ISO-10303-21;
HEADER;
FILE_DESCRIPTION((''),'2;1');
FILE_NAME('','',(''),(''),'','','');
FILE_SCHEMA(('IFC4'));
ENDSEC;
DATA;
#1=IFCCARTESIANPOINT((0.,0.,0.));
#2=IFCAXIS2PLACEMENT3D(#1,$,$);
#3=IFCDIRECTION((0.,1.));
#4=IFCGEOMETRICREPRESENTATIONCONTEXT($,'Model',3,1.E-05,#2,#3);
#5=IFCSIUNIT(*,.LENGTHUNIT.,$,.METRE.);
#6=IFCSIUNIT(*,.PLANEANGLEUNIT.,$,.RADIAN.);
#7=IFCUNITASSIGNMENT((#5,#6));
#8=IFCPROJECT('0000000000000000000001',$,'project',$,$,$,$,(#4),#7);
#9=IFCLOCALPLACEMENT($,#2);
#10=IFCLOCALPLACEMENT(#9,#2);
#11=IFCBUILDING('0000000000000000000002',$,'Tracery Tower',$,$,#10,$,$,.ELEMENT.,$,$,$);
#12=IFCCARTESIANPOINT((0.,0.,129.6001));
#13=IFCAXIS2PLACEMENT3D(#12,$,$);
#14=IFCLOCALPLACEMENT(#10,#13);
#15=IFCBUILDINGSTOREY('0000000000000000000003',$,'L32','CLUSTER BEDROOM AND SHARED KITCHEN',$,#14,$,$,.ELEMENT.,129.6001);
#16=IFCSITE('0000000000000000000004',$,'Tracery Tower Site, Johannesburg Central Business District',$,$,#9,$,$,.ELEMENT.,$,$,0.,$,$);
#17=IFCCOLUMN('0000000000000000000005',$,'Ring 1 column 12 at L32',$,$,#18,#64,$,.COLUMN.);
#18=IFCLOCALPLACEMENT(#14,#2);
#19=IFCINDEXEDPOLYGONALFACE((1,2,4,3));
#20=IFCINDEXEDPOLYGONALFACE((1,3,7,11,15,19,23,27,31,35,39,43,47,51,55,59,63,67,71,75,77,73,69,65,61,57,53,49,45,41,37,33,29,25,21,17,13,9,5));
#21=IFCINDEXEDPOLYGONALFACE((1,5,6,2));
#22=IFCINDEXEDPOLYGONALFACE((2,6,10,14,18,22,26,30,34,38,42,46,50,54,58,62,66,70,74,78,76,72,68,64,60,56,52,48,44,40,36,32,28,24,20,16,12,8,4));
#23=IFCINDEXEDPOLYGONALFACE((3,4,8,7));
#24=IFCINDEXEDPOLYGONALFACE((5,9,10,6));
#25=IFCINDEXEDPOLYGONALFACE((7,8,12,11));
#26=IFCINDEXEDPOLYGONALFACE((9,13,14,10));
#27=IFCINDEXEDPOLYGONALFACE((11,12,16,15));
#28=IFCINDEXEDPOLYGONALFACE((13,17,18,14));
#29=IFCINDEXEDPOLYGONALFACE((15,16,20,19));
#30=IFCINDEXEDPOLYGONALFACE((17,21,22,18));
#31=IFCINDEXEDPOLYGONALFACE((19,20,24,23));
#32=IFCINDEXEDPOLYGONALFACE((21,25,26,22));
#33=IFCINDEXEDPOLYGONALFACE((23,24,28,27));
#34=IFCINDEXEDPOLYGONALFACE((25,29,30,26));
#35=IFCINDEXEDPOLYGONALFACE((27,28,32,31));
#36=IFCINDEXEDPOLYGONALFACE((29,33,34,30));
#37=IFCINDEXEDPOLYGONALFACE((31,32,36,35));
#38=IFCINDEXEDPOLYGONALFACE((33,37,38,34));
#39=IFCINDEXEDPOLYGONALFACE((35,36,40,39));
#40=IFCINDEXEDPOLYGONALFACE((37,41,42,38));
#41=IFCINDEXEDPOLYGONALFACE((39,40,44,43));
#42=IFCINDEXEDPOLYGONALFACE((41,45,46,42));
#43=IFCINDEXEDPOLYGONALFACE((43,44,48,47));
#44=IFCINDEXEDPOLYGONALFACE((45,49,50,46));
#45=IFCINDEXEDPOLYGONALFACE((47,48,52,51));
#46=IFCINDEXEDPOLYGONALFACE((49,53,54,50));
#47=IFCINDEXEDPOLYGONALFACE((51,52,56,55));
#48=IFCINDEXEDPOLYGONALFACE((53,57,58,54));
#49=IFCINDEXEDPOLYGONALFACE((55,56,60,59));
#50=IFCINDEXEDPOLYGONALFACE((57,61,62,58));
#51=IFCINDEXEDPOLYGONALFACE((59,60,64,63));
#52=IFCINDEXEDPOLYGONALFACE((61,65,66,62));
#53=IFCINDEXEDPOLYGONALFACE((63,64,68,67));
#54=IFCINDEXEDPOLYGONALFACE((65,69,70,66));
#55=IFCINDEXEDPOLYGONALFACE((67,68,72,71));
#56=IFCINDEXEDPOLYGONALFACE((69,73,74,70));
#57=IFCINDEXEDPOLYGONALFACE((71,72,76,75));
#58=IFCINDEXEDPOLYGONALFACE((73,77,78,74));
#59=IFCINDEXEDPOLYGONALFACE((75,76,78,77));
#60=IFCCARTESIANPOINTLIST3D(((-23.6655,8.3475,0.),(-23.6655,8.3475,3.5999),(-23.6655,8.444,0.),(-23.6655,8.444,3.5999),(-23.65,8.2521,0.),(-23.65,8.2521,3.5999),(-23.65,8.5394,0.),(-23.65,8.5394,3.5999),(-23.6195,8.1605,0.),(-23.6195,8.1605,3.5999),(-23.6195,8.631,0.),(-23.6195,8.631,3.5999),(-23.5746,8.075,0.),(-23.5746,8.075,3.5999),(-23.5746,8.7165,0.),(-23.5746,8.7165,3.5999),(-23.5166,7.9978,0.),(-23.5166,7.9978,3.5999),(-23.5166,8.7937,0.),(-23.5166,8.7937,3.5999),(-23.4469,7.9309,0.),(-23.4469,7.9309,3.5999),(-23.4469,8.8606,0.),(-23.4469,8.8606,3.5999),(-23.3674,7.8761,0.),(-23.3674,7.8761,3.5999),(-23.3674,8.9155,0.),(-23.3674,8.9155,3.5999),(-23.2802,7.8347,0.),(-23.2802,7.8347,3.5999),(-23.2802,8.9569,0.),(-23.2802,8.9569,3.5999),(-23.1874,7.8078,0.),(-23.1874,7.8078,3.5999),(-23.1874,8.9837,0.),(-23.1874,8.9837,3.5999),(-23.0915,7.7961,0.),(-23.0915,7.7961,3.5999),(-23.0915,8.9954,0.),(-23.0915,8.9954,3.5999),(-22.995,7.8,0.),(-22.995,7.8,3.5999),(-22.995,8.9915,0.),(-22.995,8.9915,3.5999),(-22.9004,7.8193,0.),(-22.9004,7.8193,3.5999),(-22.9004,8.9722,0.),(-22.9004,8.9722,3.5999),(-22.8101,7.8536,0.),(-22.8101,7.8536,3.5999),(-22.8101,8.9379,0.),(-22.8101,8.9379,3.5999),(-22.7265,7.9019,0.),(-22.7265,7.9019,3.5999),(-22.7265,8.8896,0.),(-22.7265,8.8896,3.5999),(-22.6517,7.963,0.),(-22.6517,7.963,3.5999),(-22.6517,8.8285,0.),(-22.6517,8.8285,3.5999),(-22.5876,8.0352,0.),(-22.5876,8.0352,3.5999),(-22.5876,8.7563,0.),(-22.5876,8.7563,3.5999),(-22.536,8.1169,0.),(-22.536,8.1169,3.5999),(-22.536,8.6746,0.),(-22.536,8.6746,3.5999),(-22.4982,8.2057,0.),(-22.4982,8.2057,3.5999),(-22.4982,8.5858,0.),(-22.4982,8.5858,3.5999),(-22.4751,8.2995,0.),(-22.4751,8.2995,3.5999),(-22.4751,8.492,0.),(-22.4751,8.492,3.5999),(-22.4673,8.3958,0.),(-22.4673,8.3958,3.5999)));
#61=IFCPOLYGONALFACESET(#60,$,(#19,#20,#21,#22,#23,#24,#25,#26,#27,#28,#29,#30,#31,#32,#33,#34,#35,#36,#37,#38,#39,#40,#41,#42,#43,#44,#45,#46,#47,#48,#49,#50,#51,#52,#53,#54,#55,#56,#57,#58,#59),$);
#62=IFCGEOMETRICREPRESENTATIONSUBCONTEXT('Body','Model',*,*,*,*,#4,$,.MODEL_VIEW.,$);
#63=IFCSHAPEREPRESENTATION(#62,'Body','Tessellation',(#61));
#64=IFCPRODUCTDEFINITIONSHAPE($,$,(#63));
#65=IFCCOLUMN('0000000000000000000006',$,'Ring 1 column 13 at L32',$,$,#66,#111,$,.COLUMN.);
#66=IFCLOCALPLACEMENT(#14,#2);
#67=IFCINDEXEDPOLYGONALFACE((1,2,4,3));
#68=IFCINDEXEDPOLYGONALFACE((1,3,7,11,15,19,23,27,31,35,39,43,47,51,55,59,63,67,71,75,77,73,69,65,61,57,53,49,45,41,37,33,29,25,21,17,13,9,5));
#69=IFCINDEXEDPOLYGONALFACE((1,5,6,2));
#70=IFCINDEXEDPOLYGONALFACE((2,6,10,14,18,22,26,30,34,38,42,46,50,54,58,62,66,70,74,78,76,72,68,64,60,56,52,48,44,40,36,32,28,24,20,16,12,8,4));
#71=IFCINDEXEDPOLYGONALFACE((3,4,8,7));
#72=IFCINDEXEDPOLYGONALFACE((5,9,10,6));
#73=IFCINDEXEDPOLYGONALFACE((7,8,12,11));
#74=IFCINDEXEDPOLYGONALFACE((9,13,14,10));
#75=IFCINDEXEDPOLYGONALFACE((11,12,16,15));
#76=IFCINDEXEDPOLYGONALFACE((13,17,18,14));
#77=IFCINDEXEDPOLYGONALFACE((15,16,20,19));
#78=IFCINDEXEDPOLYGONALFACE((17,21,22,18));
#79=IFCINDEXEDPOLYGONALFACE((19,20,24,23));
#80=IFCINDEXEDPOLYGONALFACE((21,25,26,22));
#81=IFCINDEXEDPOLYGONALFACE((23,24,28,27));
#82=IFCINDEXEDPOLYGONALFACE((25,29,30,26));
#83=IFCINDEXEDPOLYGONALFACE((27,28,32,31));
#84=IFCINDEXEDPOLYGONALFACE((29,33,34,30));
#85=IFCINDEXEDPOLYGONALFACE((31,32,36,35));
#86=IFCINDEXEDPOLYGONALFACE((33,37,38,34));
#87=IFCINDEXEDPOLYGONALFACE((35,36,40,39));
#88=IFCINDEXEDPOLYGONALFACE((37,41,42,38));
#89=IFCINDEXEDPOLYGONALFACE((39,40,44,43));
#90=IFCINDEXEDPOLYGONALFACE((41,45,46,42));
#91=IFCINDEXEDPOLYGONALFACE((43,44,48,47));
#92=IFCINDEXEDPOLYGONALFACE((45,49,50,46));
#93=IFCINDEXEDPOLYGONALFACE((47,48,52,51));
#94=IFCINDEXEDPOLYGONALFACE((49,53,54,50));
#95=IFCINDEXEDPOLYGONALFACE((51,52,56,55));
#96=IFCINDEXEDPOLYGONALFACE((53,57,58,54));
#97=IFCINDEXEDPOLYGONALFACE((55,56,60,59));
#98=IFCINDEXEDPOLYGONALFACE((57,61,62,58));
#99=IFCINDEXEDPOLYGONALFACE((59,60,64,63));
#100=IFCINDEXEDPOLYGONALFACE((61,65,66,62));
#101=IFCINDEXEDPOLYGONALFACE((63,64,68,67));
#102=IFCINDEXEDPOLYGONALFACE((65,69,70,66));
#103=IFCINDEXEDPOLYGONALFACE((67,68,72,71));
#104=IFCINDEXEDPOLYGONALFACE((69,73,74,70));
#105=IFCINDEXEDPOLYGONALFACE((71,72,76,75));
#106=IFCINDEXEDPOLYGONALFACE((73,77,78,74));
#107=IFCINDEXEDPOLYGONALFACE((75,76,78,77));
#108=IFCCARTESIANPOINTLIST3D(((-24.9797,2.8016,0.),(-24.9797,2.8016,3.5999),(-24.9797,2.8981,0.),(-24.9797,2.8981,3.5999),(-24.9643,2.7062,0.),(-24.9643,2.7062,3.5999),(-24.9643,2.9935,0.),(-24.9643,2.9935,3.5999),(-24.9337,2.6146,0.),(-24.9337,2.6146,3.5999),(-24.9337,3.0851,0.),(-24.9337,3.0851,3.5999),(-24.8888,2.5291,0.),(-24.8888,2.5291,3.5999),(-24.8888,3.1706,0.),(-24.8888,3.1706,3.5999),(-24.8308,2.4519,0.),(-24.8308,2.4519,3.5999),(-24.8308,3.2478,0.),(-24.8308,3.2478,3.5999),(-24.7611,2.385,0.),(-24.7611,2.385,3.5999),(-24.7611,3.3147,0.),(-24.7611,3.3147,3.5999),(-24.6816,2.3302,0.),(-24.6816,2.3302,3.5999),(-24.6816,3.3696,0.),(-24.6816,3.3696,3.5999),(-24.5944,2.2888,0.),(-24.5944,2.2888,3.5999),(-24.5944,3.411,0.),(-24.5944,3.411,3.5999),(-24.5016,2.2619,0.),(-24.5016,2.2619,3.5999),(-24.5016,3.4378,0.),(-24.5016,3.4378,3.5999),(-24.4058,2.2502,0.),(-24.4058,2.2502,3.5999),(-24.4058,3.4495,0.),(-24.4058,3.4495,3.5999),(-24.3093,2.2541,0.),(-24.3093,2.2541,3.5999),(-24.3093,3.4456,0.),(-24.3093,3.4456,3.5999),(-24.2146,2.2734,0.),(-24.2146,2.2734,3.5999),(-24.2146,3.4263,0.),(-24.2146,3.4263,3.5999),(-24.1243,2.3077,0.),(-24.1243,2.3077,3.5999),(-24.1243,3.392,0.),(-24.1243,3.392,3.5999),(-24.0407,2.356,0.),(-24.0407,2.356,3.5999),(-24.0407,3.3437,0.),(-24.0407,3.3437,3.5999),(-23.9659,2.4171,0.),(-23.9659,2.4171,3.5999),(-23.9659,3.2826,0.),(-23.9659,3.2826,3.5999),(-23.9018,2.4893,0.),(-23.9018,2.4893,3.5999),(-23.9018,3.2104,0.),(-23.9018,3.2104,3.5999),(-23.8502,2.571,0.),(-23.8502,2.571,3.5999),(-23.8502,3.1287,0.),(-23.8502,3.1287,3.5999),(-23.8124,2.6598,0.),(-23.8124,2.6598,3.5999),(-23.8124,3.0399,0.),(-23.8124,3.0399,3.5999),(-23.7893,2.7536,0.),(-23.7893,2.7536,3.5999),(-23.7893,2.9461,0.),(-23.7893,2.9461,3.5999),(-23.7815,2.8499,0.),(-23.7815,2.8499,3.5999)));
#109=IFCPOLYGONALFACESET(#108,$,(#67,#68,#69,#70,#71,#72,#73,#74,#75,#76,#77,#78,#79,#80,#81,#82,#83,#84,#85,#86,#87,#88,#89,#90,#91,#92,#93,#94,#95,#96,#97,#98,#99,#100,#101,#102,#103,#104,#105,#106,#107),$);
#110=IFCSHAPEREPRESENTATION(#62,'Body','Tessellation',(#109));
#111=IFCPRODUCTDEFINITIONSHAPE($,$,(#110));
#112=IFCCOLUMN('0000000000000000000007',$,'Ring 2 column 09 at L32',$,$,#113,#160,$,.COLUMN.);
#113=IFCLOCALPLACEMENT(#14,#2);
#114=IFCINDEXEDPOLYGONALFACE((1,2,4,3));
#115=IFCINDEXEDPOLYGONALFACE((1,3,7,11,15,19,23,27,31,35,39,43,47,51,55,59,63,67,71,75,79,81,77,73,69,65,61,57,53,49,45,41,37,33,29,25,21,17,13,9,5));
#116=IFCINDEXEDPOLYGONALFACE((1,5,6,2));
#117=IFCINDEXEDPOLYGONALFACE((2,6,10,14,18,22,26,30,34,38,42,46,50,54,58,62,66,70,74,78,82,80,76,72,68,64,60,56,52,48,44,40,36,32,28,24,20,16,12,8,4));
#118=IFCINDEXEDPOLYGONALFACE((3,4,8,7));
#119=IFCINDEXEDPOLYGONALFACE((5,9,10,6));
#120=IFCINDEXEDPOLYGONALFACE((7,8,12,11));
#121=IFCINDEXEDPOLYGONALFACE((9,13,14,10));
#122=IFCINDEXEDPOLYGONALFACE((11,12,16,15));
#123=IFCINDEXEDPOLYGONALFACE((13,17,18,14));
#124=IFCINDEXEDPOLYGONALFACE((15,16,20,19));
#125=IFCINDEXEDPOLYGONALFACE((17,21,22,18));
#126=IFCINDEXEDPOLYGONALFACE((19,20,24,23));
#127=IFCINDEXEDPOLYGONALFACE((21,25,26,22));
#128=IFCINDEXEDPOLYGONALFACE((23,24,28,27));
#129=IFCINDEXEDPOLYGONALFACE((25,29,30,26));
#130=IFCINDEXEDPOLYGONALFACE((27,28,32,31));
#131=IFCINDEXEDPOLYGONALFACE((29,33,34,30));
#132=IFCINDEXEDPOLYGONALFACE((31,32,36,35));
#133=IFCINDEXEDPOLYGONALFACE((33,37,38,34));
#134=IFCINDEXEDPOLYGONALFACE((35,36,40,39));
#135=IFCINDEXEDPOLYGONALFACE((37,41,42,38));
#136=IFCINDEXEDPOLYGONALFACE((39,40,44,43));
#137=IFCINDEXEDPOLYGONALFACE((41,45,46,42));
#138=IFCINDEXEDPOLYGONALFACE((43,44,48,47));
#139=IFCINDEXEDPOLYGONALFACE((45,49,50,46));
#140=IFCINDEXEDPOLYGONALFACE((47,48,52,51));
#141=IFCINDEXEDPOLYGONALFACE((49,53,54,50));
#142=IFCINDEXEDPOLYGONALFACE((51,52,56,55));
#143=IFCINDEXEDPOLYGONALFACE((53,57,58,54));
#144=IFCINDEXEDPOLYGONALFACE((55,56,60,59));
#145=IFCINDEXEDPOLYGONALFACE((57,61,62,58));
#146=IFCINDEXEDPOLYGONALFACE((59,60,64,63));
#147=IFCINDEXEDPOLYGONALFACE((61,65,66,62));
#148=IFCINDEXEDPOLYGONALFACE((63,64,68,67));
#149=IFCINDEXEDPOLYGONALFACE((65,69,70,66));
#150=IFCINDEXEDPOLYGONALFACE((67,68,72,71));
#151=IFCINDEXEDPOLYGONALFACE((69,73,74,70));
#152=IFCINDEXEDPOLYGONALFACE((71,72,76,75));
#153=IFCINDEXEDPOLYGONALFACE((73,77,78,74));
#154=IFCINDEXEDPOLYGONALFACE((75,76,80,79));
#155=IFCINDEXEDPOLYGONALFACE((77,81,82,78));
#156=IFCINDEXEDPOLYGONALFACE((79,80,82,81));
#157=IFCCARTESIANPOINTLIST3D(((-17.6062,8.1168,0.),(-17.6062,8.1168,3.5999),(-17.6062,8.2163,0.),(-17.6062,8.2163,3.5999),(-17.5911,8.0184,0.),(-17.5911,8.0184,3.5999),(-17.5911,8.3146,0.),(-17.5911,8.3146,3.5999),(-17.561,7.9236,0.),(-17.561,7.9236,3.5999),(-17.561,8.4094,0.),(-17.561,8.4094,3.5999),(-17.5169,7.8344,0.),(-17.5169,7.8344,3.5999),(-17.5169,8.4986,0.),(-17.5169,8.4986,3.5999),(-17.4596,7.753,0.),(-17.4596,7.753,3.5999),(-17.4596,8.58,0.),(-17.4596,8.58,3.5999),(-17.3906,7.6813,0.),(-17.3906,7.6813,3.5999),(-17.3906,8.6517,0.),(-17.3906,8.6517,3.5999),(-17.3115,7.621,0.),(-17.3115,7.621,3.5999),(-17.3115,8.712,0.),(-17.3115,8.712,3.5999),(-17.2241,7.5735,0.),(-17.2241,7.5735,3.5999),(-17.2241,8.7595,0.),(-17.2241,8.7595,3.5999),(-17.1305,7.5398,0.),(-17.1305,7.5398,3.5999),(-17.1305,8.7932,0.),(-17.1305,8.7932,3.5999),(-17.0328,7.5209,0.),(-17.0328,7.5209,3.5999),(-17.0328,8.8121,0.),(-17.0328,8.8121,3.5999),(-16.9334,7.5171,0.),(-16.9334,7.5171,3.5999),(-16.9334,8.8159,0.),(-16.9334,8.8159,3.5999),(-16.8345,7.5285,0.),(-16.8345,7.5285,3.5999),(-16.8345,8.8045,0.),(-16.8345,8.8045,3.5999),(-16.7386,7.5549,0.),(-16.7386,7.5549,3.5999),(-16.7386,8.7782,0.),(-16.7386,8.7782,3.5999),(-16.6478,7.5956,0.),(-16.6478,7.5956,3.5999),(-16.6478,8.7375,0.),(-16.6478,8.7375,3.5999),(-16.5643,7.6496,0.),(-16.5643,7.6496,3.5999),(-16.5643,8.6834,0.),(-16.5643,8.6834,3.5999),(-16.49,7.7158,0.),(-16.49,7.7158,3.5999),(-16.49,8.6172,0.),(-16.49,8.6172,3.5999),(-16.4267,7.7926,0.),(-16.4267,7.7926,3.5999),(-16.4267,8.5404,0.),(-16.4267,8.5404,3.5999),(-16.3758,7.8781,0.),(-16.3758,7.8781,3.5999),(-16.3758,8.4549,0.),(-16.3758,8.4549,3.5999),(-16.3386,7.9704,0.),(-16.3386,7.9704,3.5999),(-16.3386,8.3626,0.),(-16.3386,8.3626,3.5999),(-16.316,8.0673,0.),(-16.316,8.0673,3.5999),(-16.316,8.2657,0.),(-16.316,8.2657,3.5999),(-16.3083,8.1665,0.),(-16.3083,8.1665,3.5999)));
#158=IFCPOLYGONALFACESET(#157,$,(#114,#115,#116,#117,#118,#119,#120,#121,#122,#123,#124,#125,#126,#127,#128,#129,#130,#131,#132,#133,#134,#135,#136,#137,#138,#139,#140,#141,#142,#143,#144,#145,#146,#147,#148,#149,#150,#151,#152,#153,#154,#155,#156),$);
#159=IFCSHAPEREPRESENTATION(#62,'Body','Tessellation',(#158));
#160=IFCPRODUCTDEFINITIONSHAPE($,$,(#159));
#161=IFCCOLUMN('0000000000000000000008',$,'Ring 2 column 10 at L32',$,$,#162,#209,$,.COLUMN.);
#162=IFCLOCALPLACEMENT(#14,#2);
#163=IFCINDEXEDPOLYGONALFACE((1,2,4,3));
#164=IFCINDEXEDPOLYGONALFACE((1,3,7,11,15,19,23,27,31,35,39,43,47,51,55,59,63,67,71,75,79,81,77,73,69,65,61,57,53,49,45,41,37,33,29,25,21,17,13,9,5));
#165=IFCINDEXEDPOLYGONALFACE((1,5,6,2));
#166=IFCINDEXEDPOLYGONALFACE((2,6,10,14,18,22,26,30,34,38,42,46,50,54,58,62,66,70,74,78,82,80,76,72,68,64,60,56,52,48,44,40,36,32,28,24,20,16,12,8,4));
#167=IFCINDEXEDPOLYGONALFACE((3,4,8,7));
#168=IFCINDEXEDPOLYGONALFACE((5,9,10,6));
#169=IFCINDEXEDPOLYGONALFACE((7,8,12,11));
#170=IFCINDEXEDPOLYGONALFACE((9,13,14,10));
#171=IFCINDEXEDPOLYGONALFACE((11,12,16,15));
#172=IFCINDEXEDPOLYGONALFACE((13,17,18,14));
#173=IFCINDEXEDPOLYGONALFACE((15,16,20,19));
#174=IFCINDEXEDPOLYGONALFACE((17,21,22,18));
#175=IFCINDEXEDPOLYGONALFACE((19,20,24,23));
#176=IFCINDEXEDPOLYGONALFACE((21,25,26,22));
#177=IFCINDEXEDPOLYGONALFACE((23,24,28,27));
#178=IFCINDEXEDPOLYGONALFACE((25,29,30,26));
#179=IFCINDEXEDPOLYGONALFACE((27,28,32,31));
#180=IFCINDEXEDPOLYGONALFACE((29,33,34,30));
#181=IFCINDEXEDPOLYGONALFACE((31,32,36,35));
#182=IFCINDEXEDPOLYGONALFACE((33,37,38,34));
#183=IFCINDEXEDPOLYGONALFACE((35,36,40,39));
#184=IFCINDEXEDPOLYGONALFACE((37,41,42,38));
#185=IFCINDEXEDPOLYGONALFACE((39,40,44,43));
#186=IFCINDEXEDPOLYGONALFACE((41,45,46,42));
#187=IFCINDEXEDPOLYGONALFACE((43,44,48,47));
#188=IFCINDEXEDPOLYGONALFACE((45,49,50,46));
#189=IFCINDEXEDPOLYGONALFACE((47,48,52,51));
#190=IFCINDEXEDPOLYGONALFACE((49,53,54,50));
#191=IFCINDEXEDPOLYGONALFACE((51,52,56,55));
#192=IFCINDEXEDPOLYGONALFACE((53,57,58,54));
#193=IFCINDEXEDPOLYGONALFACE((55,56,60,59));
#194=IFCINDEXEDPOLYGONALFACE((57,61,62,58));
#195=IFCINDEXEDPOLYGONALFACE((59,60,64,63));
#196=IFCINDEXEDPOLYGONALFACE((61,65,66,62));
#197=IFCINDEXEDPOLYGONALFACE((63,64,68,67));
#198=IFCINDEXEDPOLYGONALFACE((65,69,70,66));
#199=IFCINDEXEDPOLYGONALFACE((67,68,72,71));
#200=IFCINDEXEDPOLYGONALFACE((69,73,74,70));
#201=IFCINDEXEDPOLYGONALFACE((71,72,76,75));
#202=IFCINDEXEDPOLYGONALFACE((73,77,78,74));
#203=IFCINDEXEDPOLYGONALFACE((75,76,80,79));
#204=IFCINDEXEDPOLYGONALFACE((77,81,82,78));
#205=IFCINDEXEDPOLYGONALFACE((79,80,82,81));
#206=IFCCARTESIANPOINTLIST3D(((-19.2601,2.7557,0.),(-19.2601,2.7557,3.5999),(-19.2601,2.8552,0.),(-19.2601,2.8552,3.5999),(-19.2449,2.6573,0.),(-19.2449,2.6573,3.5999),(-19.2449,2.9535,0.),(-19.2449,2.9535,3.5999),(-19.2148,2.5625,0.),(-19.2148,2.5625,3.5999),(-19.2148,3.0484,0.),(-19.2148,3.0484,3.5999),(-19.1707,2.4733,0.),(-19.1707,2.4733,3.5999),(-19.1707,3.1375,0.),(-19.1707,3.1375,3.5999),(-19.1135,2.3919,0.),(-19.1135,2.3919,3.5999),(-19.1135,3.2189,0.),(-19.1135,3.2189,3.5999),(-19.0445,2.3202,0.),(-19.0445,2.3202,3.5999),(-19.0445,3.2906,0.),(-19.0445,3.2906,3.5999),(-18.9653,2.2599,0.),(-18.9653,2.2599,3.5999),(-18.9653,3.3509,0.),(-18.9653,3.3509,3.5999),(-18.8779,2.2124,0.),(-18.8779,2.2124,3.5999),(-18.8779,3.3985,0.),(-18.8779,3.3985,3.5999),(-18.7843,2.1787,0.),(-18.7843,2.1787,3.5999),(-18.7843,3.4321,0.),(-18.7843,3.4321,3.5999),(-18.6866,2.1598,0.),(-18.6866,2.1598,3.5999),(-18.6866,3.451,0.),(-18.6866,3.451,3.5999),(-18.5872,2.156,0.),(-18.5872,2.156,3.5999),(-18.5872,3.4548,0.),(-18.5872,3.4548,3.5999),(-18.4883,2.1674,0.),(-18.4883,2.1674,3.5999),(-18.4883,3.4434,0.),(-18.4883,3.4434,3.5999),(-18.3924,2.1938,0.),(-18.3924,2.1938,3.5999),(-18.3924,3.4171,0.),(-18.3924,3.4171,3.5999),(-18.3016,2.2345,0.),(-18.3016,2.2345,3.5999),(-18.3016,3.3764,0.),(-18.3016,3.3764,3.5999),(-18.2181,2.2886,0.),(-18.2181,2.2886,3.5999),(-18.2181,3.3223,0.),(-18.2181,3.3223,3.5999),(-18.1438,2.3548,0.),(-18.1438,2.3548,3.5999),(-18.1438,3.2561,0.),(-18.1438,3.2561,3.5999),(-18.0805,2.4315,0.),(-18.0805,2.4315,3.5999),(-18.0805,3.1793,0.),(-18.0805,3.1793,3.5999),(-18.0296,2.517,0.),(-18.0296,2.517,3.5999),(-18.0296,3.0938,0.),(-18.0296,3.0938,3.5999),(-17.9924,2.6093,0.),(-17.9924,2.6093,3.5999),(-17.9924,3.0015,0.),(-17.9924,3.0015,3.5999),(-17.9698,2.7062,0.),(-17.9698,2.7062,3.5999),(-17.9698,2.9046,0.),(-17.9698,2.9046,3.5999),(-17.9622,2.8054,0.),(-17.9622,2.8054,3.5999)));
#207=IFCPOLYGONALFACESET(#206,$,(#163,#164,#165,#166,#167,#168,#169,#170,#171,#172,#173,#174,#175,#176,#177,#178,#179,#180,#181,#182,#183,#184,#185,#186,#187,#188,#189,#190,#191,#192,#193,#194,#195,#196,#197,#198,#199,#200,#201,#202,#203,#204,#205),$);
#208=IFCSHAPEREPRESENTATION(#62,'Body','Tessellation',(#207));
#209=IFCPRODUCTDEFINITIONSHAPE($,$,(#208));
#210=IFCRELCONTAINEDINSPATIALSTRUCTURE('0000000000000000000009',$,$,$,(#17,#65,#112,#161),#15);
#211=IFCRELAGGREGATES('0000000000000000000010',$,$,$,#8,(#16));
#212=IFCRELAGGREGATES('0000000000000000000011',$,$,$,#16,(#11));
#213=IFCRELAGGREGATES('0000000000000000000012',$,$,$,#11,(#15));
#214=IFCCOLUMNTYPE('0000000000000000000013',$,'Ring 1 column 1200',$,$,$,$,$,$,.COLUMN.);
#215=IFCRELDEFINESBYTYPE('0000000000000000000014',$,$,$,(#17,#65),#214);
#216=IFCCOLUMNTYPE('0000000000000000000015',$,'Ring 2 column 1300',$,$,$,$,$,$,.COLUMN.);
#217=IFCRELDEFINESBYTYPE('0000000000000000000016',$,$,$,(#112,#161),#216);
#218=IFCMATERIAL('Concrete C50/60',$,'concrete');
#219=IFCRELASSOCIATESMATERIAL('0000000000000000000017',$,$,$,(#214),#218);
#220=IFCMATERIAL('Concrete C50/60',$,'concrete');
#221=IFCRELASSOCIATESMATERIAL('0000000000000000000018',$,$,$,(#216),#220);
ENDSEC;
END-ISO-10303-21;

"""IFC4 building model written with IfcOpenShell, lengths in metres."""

from ifc_helpers import new_model, si_unit, direction, frame, origin, origin_2d, place, context, subcontext, project, spatial, circle, extrude, material, material_profile, profile_set, type_object, element, save


model = new_model("IFC4")

# Units and contexts
model_context = context("Model", 3, precision=1e-05, world=origin(), true_north=direction((0.0, 1.0)))
body_context = subcontext(model_context, "Body", "Model", "MODEL_VIEW")
ifc_project = project(units=[si_unit("LENGTHUNIT", "METRE"), si_unit("PLANEANGLEUNIT", "RADIAN")], contexts=[model_context])

# Site, building, storey
site_placement = place(None, origin())
site = spatial("IfcSite", under=ifc_project, at=site_placement, Name="Tracery Tower Site, Johannesburg Central Business District", CompositionType="ELEMENT", RefElevation=0.0)
building_placement = place(site_placement, origin())
building = spatial("IfcBuilding", under=site, at=building_placement, Name="Tracery Tower", CompositionType="ELEMENT")
storey_placement = place(building_placement, frame((0.0, 0.0, 129.6001)))
storey = spatial("IfcBuildingStorey", under=building, at=storey_placement, Name="L32", Description="CLUSTER BEDROOM AND SHARED KITCHEN", CompositionType="ELEMENT", Elevation=129.6001)

# Columns
ifc_material_1 = material(Name="Concrete C50/60", Category="concrete")
ifc_material_profile_1 = material_profile(ifc_material_1, circle(Radius=0.6001, at=origin_2d()), Name="RC D1200")
ifc_profile_set_1 = profile_set([ifc_material_profile_1], Name="Concrete C50/60")
column_type_1 = type_object("IfcColumnType", Name="Ring 1 column 1200", PredefinedType="COLUMN", material=ifc_profile_set_1)
for number, where, z_axis, x_axis, name in (
    (1, (-23.0674, 8.3958, 0.0), (0.0, 0.0, 1.0), (1.0, 0.0, 0.0), "Ring 1 column 12 at L32"),
    (2, (-24.3816, 2.8499, 0.0), (0.0, 0.0, 1.0), (1.0, 0.0, 0.0), "Ring 1 column 13 at L32"),
):
    element("IfcColumn", number, at=place(storey_placement, frame(where, z_axis=z_axis, x_axis=x_axis)), inside=storey, type_object=column_type_1, Name=name, PredefinedType="COLUMN", context=body_context, shape_type="SweptSolid", body=[
        extrude(circle(Radius=0.6001, at=origin_2d()), origin(), (0.0, 0.0, 1.0), 3.5999),
    ])
ifc_material_2 = material(Name="Concrete C50/60", Category="concrete")
ifc_material_profile_2 = material_profile(ifc_material_2, circle(Radius=0.6499, at=origin_2d()), Name="RC D1300")
ifc_profile_set_2 = profile_set([ifc_material_profile_2], Name="Concrete C50/60")
column_type_2 = type_object("IfcColumnType", Name="Ring 2 column 1300", PredefinedType="COLUMN", material=ifc_profile_set_2)
for number, where, z_axis, x_axis, name in (
    (3, (-16.9583, 8.1665, 0.0), (0.0, 0.0, 1.0), (1.0, 0.0, 0.0), "Ring 2 column 09 at L32"),
    (4, (-18.6121, 2.8054, 0.0), (0.0, 0.0, 1.0), (1.0, 0.0, 0.0), "Ring 2 column 10 at L32"),
):
    element("IfcColumn", number, at=place(storey_placement, frame(where, z_axis=z_axis, x_axis=x_axis)), inside=storey, type_object=column_type_2, Name=name, PredefinedType="COLUMN", context=body_context, shape_type="SweptSolid", body=[
        extrude(circle(Radius=0.6499, at=origin_2d()), origin(), (0.0, 0.0, 1.0), 3.5999),
    ])

save(model, "model.ifc")
